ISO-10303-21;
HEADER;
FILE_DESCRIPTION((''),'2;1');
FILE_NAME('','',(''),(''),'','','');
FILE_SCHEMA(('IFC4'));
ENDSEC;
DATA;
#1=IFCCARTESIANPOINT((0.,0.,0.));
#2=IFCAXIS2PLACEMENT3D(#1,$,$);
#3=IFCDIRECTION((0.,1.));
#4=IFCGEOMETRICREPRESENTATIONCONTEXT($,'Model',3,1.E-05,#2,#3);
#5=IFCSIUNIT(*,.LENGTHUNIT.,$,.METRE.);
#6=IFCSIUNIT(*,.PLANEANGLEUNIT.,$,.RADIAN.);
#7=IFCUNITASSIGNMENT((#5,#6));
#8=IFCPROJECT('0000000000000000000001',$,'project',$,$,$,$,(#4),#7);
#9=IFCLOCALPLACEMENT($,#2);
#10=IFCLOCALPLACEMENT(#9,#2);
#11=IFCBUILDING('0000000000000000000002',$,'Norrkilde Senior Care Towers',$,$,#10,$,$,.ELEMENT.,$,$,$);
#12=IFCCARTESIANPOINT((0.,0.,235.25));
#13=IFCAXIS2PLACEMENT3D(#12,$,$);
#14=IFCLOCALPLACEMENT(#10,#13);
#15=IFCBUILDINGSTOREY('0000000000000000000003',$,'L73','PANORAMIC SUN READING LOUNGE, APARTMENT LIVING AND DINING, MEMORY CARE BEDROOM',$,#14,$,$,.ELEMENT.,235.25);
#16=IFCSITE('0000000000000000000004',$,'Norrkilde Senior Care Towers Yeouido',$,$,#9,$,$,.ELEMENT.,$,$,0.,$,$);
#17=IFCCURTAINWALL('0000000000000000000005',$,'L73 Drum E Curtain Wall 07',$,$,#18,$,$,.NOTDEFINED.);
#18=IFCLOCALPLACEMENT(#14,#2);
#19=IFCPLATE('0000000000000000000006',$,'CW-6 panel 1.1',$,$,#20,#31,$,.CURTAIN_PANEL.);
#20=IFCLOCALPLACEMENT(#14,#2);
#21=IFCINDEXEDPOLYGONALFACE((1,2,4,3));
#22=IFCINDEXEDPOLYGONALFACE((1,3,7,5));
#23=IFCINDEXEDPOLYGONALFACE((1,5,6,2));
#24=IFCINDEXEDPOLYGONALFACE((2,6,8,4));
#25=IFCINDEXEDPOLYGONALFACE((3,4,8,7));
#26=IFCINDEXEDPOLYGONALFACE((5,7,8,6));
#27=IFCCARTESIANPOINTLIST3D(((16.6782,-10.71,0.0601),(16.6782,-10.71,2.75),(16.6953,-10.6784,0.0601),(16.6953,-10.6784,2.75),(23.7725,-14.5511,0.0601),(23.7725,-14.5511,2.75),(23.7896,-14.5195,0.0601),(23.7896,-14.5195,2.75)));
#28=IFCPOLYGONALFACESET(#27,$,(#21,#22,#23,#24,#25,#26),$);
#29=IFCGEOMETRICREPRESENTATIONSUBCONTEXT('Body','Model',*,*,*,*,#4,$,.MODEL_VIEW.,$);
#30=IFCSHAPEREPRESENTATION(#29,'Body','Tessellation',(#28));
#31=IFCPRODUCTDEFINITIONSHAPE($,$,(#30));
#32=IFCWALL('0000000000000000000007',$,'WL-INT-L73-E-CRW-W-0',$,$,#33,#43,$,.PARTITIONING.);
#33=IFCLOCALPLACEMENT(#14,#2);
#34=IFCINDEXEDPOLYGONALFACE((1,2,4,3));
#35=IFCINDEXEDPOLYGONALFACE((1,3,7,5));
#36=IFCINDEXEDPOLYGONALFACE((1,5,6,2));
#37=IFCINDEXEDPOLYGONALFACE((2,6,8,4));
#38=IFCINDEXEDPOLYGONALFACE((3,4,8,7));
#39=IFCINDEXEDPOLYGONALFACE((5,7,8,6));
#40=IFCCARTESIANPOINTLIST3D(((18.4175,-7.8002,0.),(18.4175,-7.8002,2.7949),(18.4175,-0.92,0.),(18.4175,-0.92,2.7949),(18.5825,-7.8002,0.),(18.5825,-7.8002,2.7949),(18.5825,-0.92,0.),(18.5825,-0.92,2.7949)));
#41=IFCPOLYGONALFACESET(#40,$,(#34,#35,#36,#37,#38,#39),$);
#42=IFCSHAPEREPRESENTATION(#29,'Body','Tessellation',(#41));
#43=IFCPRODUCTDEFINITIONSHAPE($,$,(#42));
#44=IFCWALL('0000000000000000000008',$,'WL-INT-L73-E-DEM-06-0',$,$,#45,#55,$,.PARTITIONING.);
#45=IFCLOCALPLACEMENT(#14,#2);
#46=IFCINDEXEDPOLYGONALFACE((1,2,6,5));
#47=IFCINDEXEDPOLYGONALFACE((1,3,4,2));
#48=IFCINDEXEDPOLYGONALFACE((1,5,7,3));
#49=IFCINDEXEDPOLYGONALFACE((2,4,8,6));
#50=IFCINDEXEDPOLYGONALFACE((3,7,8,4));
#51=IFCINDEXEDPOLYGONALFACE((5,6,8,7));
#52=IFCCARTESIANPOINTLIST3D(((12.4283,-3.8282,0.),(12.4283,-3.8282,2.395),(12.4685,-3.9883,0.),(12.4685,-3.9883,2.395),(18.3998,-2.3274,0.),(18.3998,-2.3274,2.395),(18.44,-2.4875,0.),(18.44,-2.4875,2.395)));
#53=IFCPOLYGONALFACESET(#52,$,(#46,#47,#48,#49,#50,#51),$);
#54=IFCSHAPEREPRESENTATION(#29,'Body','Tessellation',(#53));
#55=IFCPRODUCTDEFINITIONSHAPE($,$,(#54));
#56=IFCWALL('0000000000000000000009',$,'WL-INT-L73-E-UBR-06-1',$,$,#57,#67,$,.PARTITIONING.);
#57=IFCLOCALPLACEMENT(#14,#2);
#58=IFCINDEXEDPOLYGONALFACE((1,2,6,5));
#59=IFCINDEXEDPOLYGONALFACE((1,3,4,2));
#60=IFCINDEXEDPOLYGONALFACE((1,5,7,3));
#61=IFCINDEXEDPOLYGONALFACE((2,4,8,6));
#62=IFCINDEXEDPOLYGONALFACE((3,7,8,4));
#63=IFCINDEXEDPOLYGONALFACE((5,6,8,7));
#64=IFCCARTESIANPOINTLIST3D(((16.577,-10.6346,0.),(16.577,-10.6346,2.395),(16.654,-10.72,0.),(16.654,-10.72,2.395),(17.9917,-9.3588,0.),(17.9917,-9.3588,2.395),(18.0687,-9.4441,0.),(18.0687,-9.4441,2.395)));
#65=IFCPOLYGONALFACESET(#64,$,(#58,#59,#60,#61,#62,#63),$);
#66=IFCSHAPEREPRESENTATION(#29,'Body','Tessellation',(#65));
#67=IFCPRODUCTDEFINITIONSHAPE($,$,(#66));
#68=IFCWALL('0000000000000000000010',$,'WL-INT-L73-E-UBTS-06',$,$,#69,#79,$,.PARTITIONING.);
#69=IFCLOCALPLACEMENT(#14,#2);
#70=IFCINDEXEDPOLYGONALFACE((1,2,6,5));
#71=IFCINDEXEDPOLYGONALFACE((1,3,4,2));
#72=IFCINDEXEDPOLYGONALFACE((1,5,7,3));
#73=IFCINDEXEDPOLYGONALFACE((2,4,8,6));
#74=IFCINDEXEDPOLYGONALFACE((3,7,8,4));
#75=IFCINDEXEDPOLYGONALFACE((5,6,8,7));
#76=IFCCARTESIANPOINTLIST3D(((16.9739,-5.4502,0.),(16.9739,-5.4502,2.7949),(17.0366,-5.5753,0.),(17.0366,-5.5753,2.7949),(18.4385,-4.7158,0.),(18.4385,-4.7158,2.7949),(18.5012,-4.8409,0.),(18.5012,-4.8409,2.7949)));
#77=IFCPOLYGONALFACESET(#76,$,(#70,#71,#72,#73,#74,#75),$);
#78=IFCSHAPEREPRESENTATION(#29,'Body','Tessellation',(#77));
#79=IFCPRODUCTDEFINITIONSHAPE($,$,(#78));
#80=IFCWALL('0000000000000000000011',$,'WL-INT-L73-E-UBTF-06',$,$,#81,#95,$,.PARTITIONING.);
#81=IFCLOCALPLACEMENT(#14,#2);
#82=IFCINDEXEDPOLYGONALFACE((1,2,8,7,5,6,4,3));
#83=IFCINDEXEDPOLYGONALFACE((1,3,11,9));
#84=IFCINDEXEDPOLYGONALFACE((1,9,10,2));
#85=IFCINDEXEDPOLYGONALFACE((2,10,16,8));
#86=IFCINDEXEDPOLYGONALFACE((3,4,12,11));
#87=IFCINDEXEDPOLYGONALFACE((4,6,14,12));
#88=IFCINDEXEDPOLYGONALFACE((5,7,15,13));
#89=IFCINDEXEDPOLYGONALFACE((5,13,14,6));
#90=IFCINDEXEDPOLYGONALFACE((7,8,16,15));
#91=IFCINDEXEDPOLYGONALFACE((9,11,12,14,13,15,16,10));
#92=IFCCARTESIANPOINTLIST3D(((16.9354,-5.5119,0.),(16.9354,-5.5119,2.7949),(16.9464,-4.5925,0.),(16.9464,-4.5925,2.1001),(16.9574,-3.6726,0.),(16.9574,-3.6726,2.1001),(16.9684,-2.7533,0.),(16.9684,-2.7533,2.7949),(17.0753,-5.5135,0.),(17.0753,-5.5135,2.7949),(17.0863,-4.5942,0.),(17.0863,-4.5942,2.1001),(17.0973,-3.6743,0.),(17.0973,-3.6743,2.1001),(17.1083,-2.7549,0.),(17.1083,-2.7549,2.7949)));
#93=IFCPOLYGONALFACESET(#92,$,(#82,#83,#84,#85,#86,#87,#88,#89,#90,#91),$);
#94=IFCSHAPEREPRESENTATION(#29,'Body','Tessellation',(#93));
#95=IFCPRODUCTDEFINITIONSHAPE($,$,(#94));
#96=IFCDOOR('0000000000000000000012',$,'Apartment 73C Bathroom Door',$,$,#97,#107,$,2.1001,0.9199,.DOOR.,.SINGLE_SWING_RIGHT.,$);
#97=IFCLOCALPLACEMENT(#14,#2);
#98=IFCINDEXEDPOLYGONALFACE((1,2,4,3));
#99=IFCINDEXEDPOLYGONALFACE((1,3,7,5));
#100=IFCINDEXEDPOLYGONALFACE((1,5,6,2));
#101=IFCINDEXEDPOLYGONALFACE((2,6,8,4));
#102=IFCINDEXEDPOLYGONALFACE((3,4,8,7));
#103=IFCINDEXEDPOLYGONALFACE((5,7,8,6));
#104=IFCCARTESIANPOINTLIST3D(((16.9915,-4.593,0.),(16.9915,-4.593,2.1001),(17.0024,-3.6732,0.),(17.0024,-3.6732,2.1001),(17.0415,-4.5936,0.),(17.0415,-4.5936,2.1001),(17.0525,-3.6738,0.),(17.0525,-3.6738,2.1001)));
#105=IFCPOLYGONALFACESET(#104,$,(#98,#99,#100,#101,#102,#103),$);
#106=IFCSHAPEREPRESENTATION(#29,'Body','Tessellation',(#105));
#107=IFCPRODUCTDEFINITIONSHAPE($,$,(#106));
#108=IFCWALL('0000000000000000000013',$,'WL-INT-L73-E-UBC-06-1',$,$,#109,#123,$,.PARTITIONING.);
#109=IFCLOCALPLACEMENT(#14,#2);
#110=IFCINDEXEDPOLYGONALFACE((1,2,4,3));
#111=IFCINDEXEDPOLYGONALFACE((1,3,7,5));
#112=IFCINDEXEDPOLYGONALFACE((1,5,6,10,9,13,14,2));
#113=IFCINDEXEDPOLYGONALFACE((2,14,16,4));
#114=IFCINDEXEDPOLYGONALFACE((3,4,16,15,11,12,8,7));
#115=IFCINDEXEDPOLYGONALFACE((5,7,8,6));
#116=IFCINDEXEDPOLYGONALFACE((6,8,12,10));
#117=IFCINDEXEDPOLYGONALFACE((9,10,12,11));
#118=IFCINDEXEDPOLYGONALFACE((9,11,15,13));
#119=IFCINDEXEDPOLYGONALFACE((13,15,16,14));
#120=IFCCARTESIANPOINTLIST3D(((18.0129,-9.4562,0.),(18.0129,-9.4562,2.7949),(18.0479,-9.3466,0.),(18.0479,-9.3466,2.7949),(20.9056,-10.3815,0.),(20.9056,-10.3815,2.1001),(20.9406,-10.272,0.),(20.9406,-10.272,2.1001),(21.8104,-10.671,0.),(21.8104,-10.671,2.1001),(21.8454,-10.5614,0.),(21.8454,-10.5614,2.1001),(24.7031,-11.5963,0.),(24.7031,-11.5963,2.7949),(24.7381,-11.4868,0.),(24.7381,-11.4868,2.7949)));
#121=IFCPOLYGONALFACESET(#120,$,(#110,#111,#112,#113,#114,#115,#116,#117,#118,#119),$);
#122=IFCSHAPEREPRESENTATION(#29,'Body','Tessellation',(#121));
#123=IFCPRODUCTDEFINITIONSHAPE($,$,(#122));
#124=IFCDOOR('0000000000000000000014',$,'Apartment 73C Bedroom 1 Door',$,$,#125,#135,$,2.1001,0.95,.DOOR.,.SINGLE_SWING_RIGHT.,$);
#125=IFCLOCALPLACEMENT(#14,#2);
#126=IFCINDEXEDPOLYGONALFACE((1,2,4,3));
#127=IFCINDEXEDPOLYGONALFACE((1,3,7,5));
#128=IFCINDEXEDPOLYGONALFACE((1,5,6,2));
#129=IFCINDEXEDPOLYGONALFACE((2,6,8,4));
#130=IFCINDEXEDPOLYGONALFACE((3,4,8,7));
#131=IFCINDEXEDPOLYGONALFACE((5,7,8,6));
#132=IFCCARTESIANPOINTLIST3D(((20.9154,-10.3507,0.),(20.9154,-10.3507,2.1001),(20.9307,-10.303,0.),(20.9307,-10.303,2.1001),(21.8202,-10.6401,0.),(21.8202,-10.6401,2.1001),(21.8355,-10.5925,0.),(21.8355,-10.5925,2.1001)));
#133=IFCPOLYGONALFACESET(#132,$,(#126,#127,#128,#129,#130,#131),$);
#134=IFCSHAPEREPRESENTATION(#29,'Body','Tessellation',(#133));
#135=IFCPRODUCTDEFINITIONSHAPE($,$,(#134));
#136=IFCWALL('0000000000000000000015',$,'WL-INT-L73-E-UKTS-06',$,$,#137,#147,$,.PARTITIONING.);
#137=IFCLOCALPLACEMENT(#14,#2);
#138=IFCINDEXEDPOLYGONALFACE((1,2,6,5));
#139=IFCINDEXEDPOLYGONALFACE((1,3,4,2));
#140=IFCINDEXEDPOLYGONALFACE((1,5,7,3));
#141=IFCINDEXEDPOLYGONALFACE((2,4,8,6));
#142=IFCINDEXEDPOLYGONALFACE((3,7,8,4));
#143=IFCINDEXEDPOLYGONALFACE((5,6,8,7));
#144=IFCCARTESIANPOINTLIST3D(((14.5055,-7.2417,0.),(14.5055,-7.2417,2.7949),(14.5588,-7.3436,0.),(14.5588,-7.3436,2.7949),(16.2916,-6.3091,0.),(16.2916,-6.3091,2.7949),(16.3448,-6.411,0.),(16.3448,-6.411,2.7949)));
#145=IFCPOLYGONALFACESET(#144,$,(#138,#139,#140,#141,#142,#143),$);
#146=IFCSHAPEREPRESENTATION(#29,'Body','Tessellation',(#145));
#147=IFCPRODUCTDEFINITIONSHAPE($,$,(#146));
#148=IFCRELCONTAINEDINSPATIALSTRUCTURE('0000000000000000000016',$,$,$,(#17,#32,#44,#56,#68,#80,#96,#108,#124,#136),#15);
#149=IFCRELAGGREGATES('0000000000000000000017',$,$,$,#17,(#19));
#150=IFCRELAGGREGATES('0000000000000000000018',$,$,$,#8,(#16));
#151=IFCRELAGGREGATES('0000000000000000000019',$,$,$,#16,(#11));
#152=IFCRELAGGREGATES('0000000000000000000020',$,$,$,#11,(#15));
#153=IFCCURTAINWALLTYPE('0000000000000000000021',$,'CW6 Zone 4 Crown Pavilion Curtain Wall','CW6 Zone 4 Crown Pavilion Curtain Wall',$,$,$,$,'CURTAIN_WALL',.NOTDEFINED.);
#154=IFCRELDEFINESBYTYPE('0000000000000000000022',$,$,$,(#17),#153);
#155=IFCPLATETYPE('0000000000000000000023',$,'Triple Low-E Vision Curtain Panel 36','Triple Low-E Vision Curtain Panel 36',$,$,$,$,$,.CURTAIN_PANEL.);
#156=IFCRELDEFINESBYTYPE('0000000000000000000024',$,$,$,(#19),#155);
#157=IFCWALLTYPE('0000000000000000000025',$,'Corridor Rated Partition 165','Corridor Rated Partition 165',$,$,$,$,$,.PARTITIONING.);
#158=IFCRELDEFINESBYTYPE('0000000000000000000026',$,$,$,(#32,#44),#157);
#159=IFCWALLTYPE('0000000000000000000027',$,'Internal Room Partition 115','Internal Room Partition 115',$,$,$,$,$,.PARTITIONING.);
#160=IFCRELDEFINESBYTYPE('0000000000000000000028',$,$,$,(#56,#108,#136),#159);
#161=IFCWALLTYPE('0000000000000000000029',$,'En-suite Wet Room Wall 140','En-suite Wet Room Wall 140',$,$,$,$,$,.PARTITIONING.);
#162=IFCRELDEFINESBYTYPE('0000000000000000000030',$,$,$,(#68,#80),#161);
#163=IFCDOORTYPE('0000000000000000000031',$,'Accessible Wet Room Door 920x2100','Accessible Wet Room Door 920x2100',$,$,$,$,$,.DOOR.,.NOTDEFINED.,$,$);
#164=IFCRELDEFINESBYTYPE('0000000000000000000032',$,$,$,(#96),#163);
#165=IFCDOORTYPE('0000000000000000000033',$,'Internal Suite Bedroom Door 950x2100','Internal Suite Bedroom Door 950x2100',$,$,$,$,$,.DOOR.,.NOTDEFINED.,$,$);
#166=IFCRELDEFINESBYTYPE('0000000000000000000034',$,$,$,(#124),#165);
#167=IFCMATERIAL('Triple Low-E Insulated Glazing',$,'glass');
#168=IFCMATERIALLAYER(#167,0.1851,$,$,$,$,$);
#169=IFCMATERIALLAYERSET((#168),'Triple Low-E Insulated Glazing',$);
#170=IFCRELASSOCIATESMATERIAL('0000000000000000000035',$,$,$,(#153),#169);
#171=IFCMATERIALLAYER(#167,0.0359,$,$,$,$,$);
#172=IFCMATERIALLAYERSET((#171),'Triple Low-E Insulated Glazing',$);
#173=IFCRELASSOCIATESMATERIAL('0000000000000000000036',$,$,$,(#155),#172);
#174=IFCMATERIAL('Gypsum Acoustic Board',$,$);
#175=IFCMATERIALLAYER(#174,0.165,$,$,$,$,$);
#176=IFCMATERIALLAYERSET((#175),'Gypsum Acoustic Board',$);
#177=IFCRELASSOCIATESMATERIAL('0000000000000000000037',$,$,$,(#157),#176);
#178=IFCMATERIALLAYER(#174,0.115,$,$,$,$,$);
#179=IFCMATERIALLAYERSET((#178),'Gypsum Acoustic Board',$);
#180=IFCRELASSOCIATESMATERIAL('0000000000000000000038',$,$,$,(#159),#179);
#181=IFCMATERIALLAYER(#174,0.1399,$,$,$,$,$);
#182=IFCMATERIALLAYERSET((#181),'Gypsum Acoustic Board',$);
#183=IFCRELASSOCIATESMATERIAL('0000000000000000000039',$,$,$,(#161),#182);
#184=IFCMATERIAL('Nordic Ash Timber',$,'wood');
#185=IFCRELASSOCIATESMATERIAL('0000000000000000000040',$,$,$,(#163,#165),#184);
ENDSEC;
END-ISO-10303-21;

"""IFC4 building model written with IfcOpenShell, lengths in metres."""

from ifc_helpers import new_model, si_unit, direction, frame, frame_2d, origin, origin_2d, place, context, subcontext, project, spatial, rectangle, extrude, source, transform, mapped, material, layer, layer_set, type_object, type_shapes, element, fill, aggregate, save


model = new_model("IFC4")

# Units and contexts
model_context = context("Model", 3, precision=1e-05, world=origin(), true_north=direction((0.0, 1.0)))
body_context = subcontext(model_context, "Body", "Model", "MODEL_VIEW")
ifc_project = project(units=[si_unit("LENGTHUNIT", "METRE"), si_unit("PLANEANGLEUNIT", "RADIAN")], contexts=[model_context])

# Site, building, storey
site_placement = place(None, origin())
site = spatial("IfcSite", under=ifc_project, at=site_placement, Name="Norrkilde Senior Care Towers Yeouido", CompositionType="ELEMENT", RefElevation=0.0)
building_placement = place(site_placement, origin())
building = spatial("IfcBuilding", under=site, at=building_placement, Name="Norrkilde Senior Care Towers", CompositionType="ELEMENT")
storey_placement = place(building_placement, frame((0.0, 0.0, 235.25)))
storey = spatial("IfcBuildingStorey", under=building, at=storey_placement, Name="L73", Description="PANORAMIC SUN READING LOUNGE, APARTMENT LIVING AND DINING, MEMORY CARE BEDROOM", CompositionType="ELEMENT", Elevation=235.25)

# Shared definitions
ifc_material_1 = material(Name="Triple Low-E Insulated Glazing", Category="glass")
ifc_layer_1 = layer(ifc_material_1, 0.1851)
ifc_layer_set_1 = layer_set([ifc_layer_1], Name="Triple Low-E Insulated Glazing")
curtain_wall_type = type_object("IfcCurtainWallType", Name="CW6 Zone 4 Crown Pavilion Curtain Wall", Description="CW6 Zone 4 Crown Pavilion Curtain Wall", ElementType="CURTAIN_WALL", PredefinedType="NOTDEFINED", material=ifc_layer_set_1)

# Curtain wall
curtain_wall_1_placement = place(storey_placement, origin())
curtain_wall_1 = element("IfcCurtainWall", 1, at=curtain_wall_1_placement, inside=storey, type_object=curtain_wall_type, Name="L73 Drum E Curtain Wall 07", PredefinedType="NOTDEFINED")

# Plate
ifc_layer_2 = layer(ifc_material_1, 0.0359)
ifc_layer_set_2 = layer_set([ifc_layer_2], Name="Triple Low-E Insulated Glazing")
plate_type = type_object("IfcPlateType", Name="Triple Low-E Vision Curtain Panel 36", Description="Triple Low-E Vision Curtain Panel 36", PredefinedType="CURTAIN_PANEL", material=ifc_layer_set_2)
shared_shape_1 = source(origin(), body_context, "Body", "SweptSolid", [
    extrude(rectangle(XDim=8.0674, YDim=0.0359, at=origin_2d()), origin(), (0.0, 0.0, 1.0), 2.6899),
])
plate_1_placement = place(storey_placement, frame((20.2339, -12.6147, 0.0601), z_axis=(0.0, 0.0, 1.0), x_axis=(-0.879373, 0.476133, 0.0)))
plate_1 = element("IfcPlate", 2, at=plate_1_placement, type_object=plate_type, Name="CW-6 panel 1.1", PredefinedType="CURTAIN_PANEL", context=body_context, shape_type="MappedRepresentation", body=[
    mapped(shared_shape_1, transform((0.0, 0.0, 0.0), x_axis=(1.0, 0.0, 0.0), y_axis=(0.0, 1.0, 0.0), z_axis=(0.0, 0.0, 1.0), scale=1.0)),
])
aggregate(curtain_wall_1, [plate_1])

# Walls
ifc_material_2 = material(Name="Gypsum Acoustic Board")
ifc_layer_3 = layer(ifc_material_2, 0.165)
ifc_layer_set_3 = layer_set([ifc_layer_3], Name="Gypsum Acoustic Board")
wall_type_1 = type_object("IfcWallType", Name="Corridor Rated Partition 165", Description="Corridor Rated Partition 165", PredefinedType="PARTITIONING", material=ifc_layer_set_3)
shared_shape_2 = source(origin(), body_context, "Body", "SweptSolid", [
    extrude(rectangle(XDim=6.8801, YDim=0.165, at=frame_2d((3.4399, 0.0))), origin(), (0.0, 0.0, 1.0), 2.7949),
])
wall_1_placement = place(storey_placement, frame((18.5, -7.8, 0.0), z_axis=(0.0, 0.0, 1.0), x_axis=(0.0, 1.0, 0.0)))
element("IfcWall", 3, at=wall_1_placement, inside=storey, type_object=wall_type_1, Name="WL-INT-L73-E-CRW-W-0", PredefinedType="PARTITIONING", context=body_context, shape_type="MappedRepresentation", body=[
    mapped(shared_shape_2, transform((0.0, 0.0, 0.0), x_axis=(1.0, 0.0, 0.0), y_axis=(0.0, 1.0, 0.0), z_axis=(0.0, 0.0, 1.0), scale=1.0)),
])
shared_shape_3 = source(origin(), body_context, "Body", "SweptSolid", [
    extrude(rectangle(XDim=6.1572, YDim=0.165, at=frame_2d((3.0786, 0.0))), origin(), (0.0, 0.0, 1.0), 2.395),
])
type_shapes(wall_type_1, [shared_shape_2, shared_shape_3])
wall_2_placement = place(storey_placement, frame((18.4199, -2.4075, 0.0), z_axis=(0.0, 0.0, 1.0), x_axis=(-0.969841, -0.243739, 0.0)))
element("IfcWall", 4, at=wall_2_placement, inside=storey, type_object=wall_type_1, Name="WL-INT-L73-E-DEM-06-0", PredefinedType="PARTITIONING", context=body_context, shape_type="MappedRepresentation", body=[
    mapped(shared_shape_3, transform((0.0, 0.0, 0.0), x_axis=(1.0, 0.0, 0.0), y_axis=(0.0, 1.0, 0.0), z_axis=(0.0, 0.0, 1.0), scale=1.0)),
])
ifc_layer_4 = layer(ifc_material_2, 0.115)
ifc_layer_set_4 = layer_set([ifc_layer_4], Name="Gypsum Acoustic Board")
wall_type_2 = type_object("IfcWallType", Name="Internal Room Partition 115", Description="Internal Room Partition 115", PredefinedType="PARTITIONING", material=ifc_layer_set_4)
shared_shape_4 = source(origin(), body_context, "Body", "SweptSolid", [
    extrude(rectangle(XDim=1.905, YDim=0.115, at=frame_2d((0.9526, 0.0))), origin(), (0.0, 0.0, 1.0), 2.395),
])
wall_3_placement = place(storey_placement, frame((18.0303, -9.4014, 0.0), z_axis=(0.0, 0.0, 1.0), x_axis=(-0.742625, -0.669708, 0.0)))
element("IfcWall", 5, at=wall_3_placement, inside=storey, type_object=wall_type_2, Name="WL-INT-L73-E-UBR-06-1", PredefinedType="PARTITIONING", context=body_context, shape_type="MappedRepresentation", body=[
    mapped(shared_shape_4, transform((0.0, 0.0, 0.0), x_axis=(1.0, 0.0, 0.0), y_axis=(0.0, 1.0, 0.0), z_axis=(0.0, 0.0, 1.0), scale=1.0)),
])
ifc_layer_5 = layer(ifc_material_2, 0.1399)
ifc_layer_set_5 = layer_set([ifc_layer_5], Name="Gypsum Acoustic Board")
wall_type_3 = type_object("IfcWallType", Name="En-suite Wet Room Wall 140", Description="En-suite Wet Room Wall 140", PredefinedType="PARTITIONING", material=ifc_layer_set_5)
shared_shape_5 = source(origin(), body_context, "Body", "SweptSolid", [
    extrude(rectangle(XDim=1.6384, YDim=0.1399, at=frame_2d((0.8193, 0.0))), origin(), (0.0, 0.0, 1.0), 2.7949),
])
wall_4_placement = place(storey_placement, frame((18.47, -4.7783, 0.0), z_axis=(0.0, 0.0, 1.0), x_axis=(-0.89392, -0.448227, 0.0)))
element("IfcWall", 6, at=wall_4_placement, inside=storey, type_object=wall_type_3, Name="WL-INT-L73-E-UBTS-06", PredefinedType="PARTITIONING", context=body_context, shape_type="MappedRepresentation", body=[
    mapped(shared_shape_5, transform((0.0, 0.0, 0.0), x_axis=(1.0, 0.0, 0.0), y_axis=(0.0, 1.0, 0.0), z_axis=(0.0, 0.0, 1.0), scale=1.0)),
])

# Walls, openings, doors
shared_shape_6 = source(origin(), body_context, "Body", "SweptSolid", [
    extrude(rectangle(XDim=2.7588, YDim=0.1399, at=frame_2d((1.3794, 0.0))), origin(), (0.0, 0.0, 1.0), 2.7949),
])
type_shapes(wall_type_3, [shared_shape_5, shared_shape_6])
wall_5_placement = place(storey_placement, frame((17.0054, -5.5127, 0.0), z_axis=(0.0, 0.0, 1.0), x_axis=(0.011947, 0.999929, 0.0)))
wall_5 = element("IfcWall", 7, at=wall_5_placement, inside=storey, type_object=wall_type_3, Name="WL-INT-L73-E-UBTF-06", PredefinedType="PARTITIONING", context=body_context, shape_type="MappedRepresentation", body=[
    mapped(shared_shape_6, transform((0.0, 0.0, 0.0), x_axis=(1.0, 0.0, 0.0), y_axis=(0.0, 1.0, 0.0), z_axis=(0.0, 0.0, 1.0), scale=1.0)),
])
opening_1_placement = place(wall_5_placement, frame((0.9194, 0.0, 0.0)))
opening_1 = element("IfcOpeningElement", 8, at=opening_1_placement, cuts=wall_5, PredefinedType="OPENING", context=body_context, shape_type="SweptSolid", body=[
    extrude(rectangle(XDim=0.9199, YDim=2.1001, at=frame_2d((0.46, 1.05))), frame((0.0, 0.0798, 0.0), z_axis=(0.0, -1.0, 0.0), x_axis=(1.0, 0.0, 0.0)), (0.0, 0.0, 1.0), 0.1599),
])
ifc_material_3 = material(Name="Nordic Ash Timber", Category="wood")
door_type_1 = type_object("IfcDoorType", Name="Accessible Wet Room Door 920x2100", Description="Accessible Wet Room Door 920x2100", OperationType="NOTDEFINED", PredefinedType="DOOR", material=ifc_material_3)
shared_shape_7 = source(origin(), body_context, "Body", "SweptSolid", [
    extrude(rectangle(XDim=0.9199, YDim=2.1001, at=frame_2d((0.46, 1.05))), frame((0.0, 0.0249, 0.0), z_axis=(0.0, -1.0, 0.0), x_axis=(1.0, 0.0, 0.0)), (0.0, 0.0, 1.0), 0.05),
])
type_shapes(door_type_1, [shared_shape_7])
door_1_placement = place(opening_1_placement, origin())
door_1 = element("IfcDoor", 9, at=door_1_placement, inside=storey, type_object=door_type_1, Name="Apartment 73C Bathroom Door", OperationType="SINGLE_SWING_RIGHT", OverallHeight=2.1001, OverallWidth=0.9199, PredefinedType="DOOR", context=body_context, shape_type="MappedRepresentation", body=[
    mapped(shared_shape_7, transform((0.0, 0.0, 0.0), x_axis=(1.0, 0.0, 0.0), y_axis=(0.0, 1.0, 0.0), z_axis=(0.0, 0.0, 1.0), scale=1.0)),
])
fill(opening_1, door_1)
shared_shape_8 = source(origin(), body_context, "Body", "SweptSolid", [
    extrude(rectangle(XDim=7.0242, YDim=0.115, at=frame_2d((3.5122, 0.0))), origin(), (0.0, 0.0, 1.0), 2.7949),
])
wall_6_placement = place(storey_placement, frame((18.0303, -9.4014, 0.0), z_axis=(0.0, 0.0, 1.0), x_axis=(0.952454, -0.304682, 0.0)))
wall_6 = element("IfcWall", 10, at=wall_6_placement, inside=storey, type_object=wall_type_2, Name="WL-INT-L73-E-UBC-06-1", PredefinedType="PARTITIONING", context=body_context, shape_type="MappedRepresentation", body=[
    mapped(shared_shape_8, transform((0.0, 0.0, 0.0), x_axis=(1.0, 0.0, 0.0), y_axis=(0.0, 1.0, 0.0), z_axis=(0.0, 0.0, 1.0), scale=1.0)),
])
opening_2_placement = place(wall_6_placement, frame((3.0371, 0.0, 0.0)))
opening_2 = element("IfcOpeningElement", 11, at=opening_2_placement, cuts=wall_6, PredefinedType="OPENING", context=body_context, shape_type="SweptSolid", body=[
    extrude(rectangle(XDim=0.95, YDim=2.1001, at=frame_2d((0.4751, 1.05))), frame((0.0, 0.0674, 0.0), z_axis=(0.0, -1.0, 0.0), x_axis=(1.0, 0.0, 0.0)), (0.0, 0.0, 1.0), 0.135),
])
door_type_2 = type_object("IfcDoorType", Name="Internal Suite Bedroom Door 950x2100", Description="Internal Suite Bedroom Door 950x2100", OperationType="NOTDEFINED", PredefinedType="DOOR", material=ifc_material_3)
shared_shape_9 = source(origin(), body_context, "Body", "SweptSolid", [
    extrude(rectangle(XDim=0.95, YDim=2.1001, at=frame_2d((0.4751, 1.05))), frame((0.0, 0.0249, 0.0), z_axis=(0.0, -1.0, 0.0), x_axis=(1.0, 0.0, 0.0)), (0.0, 0.0, 1.0), 0.05),
])
type_shapes(door_type_2, [shared_shape_9])
door_2_placement = place(opening_2_placement, origin())
door_2 = element("IfcDoor", 12, at=door_2_placement, inside=storey, type_object=door_type_2, Name="Apartment 73C Bedroom 1 Door", OperationType="SINGLE_SWING_RIGHT", OverallHeight=2.1001, OverallWidth=0.95, PredefinedType="DOOR", context=body_context, shape_type="MappedRepresentation", body=[
    mapped(shared_shape_9, transform((0.0, 0.0, 0.0), x_axis=(1.0, 0.0, 0.0), y_axis=(0.0, 1.0, 0.0), z_axis=(0.0, 0.0, 1.0), scale=1.0)),
])
fill(opening_2, door_2)

# Wall
shared_shape_10 = source(origin(), body_context, "Body", "SweptSolid", [
    extrude(rectangle(XDim=2.0149, YDim=0.115, at=frame_2d((1.0073, 0.0))), origin(), (0.0, 0.0, 1.0), 2.7949),
])
wall_7_placement = place(storey_placement, frame((16.3181, -6.3601, 0.0), z_axis=(0.0, 0.0, 1.0), x_axis=(-0.886438, -0.462848, 0.0)))
element("IfcWall", 13, at=wall_7_placement, inside=storey, type_object=wall_type_2, Name="WL-INT-L73-E-UKTS-06", PredefinedType="PARTITIONING", context=body_context, shape_type="MappedRepresentation", body=[
    mapped(shared_shape_10, transform((0.0, 0.0, 0.0), x_axis=(1.0, 0.0, 0.0), y_axis=(0.0, 1.0, 0.0), z_axis=(0.0, 0.0, 1.0), scale=1.0)),
])

save(model, "model.ifc")
